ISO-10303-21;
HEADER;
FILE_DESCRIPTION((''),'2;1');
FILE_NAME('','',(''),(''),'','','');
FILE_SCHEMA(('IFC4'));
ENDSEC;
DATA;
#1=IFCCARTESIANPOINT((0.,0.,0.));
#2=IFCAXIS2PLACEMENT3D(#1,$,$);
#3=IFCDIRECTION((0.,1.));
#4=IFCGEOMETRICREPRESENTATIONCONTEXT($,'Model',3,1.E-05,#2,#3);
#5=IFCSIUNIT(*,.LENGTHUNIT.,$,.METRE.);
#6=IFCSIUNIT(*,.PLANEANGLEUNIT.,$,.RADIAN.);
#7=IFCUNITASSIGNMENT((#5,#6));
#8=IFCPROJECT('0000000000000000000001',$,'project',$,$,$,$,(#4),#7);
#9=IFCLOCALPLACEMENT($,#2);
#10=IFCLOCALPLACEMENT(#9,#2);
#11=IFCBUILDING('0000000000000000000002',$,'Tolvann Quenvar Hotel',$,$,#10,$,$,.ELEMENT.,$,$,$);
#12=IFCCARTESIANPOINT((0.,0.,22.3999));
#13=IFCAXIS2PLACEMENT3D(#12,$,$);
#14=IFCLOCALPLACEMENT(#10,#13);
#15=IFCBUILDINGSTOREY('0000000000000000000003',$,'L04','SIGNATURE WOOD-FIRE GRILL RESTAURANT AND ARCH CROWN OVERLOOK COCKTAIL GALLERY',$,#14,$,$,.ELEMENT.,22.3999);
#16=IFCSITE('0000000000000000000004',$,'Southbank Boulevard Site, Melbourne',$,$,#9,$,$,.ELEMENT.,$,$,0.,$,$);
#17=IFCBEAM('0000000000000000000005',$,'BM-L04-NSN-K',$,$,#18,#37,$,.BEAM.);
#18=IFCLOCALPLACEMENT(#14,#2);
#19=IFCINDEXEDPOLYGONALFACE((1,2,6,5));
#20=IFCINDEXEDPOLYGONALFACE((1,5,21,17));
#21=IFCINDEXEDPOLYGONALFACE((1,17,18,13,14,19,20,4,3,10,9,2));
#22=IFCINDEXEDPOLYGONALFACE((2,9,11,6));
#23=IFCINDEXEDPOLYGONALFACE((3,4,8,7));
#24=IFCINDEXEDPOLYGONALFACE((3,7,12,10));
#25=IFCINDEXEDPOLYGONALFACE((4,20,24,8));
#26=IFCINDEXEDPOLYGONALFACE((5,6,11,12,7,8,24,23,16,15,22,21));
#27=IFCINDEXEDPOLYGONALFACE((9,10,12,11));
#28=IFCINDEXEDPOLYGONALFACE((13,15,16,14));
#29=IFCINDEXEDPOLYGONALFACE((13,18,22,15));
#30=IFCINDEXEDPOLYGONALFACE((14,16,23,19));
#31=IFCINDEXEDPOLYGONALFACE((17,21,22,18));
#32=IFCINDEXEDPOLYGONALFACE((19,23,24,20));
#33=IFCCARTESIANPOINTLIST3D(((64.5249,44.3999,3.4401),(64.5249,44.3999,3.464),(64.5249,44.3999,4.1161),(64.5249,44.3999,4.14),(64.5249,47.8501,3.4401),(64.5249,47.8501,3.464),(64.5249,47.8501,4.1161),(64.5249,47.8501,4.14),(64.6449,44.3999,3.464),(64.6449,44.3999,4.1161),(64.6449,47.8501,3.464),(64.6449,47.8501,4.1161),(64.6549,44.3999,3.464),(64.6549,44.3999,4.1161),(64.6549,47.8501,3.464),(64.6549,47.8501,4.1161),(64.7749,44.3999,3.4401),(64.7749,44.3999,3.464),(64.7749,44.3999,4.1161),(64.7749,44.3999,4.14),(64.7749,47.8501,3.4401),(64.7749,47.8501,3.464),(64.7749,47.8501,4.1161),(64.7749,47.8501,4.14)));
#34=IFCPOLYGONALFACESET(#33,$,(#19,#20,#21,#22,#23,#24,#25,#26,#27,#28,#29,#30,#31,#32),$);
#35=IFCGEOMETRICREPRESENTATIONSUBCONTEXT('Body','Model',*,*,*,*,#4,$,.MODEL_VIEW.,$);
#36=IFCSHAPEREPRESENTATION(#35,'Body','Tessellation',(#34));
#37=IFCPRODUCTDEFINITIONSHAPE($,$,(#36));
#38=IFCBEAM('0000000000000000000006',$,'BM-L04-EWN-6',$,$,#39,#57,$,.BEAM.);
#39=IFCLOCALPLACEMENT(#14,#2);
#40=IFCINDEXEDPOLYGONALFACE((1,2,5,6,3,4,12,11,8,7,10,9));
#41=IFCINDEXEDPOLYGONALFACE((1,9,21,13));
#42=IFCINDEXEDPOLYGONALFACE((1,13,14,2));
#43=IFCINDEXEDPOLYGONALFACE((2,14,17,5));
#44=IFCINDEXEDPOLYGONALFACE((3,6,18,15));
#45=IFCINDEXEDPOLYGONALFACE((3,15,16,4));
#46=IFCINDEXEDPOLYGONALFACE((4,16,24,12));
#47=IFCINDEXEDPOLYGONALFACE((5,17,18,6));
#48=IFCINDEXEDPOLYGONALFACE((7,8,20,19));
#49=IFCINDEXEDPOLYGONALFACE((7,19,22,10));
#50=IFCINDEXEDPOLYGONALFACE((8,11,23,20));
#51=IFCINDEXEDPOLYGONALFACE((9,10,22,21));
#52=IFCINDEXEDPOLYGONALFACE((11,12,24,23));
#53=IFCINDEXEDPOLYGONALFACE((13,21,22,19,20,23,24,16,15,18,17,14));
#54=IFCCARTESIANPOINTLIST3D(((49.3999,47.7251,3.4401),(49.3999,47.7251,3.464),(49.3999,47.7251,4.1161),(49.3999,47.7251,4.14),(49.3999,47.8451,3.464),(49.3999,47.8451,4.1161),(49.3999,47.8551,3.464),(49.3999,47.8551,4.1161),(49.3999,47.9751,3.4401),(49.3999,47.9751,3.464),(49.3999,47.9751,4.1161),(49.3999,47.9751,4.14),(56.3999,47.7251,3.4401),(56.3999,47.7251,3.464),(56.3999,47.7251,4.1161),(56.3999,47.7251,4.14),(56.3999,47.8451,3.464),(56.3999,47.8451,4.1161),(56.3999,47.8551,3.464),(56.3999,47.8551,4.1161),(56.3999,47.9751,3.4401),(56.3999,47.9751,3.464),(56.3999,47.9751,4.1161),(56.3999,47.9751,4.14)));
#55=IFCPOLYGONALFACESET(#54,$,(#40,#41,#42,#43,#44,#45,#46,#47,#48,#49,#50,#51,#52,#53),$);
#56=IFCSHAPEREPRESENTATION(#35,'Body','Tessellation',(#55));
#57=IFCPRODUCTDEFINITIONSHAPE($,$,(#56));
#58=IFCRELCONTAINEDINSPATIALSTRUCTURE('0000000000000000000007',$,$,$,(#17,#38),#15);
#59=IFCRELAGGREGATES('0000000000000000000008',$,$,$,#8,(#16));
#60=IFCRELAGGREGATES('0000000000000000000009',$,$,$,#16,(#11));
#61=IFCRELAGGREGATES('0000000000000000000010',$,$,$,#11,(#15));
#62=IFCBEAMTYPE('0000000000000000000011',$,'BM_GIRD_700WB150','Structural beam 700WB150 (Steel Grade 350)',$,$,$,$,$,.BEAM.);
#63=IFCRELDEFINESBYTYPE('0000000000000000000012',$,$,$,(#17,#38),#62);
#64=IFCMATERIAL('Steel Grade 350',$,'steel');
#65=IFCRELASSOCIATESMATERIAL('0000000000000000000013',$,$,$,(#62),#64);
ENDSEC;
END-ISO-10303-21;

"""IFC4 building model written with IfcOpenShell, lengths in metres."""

from ifc_helpers import new_model, si_unit, direction, frame, origin, origin_2d, place, context, subcontext, project, spatial, i_section, extrude, source, transform, mapped, material, material_profile, profile_set, type_object, element, save


model = new_model("IFC4")

# Units and contexts
model_context = context("Model", 3, precision=1e-05, world=origin(), true_north=direction((0.0, 1.0)))
body_context = subcontext(model_context, "Body", "Model", "MODEL_VIEW")
ifc_project = project(units=[si_unit("LENGTHUNIT", "METRE"), si_unit("PLANEANGLEUNIT", "RADIAN")], contexts=[model_context])

# Site, building, storey
site_placement = place(None, origin())
site = spatial("IfcSite", under=ifc_project, at=site_placement, Name="Southbank Boulevard Site, Melbourne", CompositionType="ELEMENT", RefElevation=0.0)
building_placement = place(site_placement, origin())
building = spatial("IfcBuilding", under=site, at=building_placement, Name="Tolvann Quenvar Hotel", CompositionType="ELEMENT")
storey_placement = place(building_placement, frame((0.0, 0.0, 22.3999)))
storey = spatial("IfcBuildingStorey", under=building, at=storey_placement, Name="L04", Description="SIGNATURE WOOD-FIRE GRILL RESTAURANT AND ARCH CROWN OVERLOOK COCKTAIL GALLERY", CompositionType="ELEMENT", Elevation=22.3999)

# Beams
ifc_material_1 = material(Name="Steel Grade 350", Category="steel")
ifc_material_profile_1 = material_profile(ifc_material_1, i_section(OverallWidth=0.25, OverallDepth=0.7, WebThickness=0.01, FlangeThickness=0.0239, at=origin_2d()), Name="700WB150")
ifc_profile_set_1 = profile_set([ifc_material_profile_1], Name="Steel Grade 350")
beam_type_1 = type_object("IfcBeamType", Name="BM_GIRD_700WB150", Description="Structural beam 700WB150 (Steel Grade 350)", PredefinedType="BEAM", material=ifc_profile_set_1)
shared_shape_1 = source(origin(), body_context, "Body", "SweptSolid", [
    extrude(i_section(OverallWidth=0.25, OverallDepth=0.7, WebThickness=0.01, FlangeThickness=0.0239, at=origin_2d()), origin(), (0.0, 0.0, 1.0), 3.4502),
])
for number, where, z_axis, x_axis, name in (
    (1, (64.6499, 44.3999, 3.79), (0.0, 1.0, 0.0), (-1.0, 0.0, 0.0), "BM-L04-NSN-K"),
):
    element("IfcBeam", number, at=place(storey_placement, frame(where, z_axis=z_axis, x_axis=x_axis)), inside=storey, type_object=beam_type_1, Name=name, PredefinedType="BEAM", context=body_context, shape_type="MappedRepresentation", body=[
        mapped(shared_shape_1, transform((0.0, 0.0, 0.0), x_axis=(1.0, 0.0, 0.0), y_axis=(0.0, 1.0, 0.0), z_axis=(0.0, 0.0, 1.0), scale=1.0)),
    ])
shared_shape_2 = source(origin(), body_context, "Body", "SweptSolid", [
    extrude(i_section(OverallWidth=0.25, OverallDepth=0.7, WebThickness=0.01, FlangeThickness=0.0239, at=origin_2d()), origin(), (0.0, 0.0, 1.0), 7.0),
])
beam_1_placement = place(storey_placement, frame((49.3999, 47.8501, 3.79), z_axis=(1.0, 0.0, 0.0), x_axis=(0.0, 1.0, 0.0)))
element("IfcBeam", 2, at=beam_1_placement, inside=storey, type_object=beam_type_1, Name="BM-L04-EWN-6", PredefinedType="BEAM", context=body_context, shape_type="MappedRepresentation", body=[
    mapped(shared_shape_2, transform((0.0, 0.0, 0.0), x_axis=(1.0, 0.0, 0.0), y_axis=(0.0, 1.0, 0.0), z_axis=(0.0, 0.0, 1.0), scale=1.0)),
])

save(model, "model.ifc")
